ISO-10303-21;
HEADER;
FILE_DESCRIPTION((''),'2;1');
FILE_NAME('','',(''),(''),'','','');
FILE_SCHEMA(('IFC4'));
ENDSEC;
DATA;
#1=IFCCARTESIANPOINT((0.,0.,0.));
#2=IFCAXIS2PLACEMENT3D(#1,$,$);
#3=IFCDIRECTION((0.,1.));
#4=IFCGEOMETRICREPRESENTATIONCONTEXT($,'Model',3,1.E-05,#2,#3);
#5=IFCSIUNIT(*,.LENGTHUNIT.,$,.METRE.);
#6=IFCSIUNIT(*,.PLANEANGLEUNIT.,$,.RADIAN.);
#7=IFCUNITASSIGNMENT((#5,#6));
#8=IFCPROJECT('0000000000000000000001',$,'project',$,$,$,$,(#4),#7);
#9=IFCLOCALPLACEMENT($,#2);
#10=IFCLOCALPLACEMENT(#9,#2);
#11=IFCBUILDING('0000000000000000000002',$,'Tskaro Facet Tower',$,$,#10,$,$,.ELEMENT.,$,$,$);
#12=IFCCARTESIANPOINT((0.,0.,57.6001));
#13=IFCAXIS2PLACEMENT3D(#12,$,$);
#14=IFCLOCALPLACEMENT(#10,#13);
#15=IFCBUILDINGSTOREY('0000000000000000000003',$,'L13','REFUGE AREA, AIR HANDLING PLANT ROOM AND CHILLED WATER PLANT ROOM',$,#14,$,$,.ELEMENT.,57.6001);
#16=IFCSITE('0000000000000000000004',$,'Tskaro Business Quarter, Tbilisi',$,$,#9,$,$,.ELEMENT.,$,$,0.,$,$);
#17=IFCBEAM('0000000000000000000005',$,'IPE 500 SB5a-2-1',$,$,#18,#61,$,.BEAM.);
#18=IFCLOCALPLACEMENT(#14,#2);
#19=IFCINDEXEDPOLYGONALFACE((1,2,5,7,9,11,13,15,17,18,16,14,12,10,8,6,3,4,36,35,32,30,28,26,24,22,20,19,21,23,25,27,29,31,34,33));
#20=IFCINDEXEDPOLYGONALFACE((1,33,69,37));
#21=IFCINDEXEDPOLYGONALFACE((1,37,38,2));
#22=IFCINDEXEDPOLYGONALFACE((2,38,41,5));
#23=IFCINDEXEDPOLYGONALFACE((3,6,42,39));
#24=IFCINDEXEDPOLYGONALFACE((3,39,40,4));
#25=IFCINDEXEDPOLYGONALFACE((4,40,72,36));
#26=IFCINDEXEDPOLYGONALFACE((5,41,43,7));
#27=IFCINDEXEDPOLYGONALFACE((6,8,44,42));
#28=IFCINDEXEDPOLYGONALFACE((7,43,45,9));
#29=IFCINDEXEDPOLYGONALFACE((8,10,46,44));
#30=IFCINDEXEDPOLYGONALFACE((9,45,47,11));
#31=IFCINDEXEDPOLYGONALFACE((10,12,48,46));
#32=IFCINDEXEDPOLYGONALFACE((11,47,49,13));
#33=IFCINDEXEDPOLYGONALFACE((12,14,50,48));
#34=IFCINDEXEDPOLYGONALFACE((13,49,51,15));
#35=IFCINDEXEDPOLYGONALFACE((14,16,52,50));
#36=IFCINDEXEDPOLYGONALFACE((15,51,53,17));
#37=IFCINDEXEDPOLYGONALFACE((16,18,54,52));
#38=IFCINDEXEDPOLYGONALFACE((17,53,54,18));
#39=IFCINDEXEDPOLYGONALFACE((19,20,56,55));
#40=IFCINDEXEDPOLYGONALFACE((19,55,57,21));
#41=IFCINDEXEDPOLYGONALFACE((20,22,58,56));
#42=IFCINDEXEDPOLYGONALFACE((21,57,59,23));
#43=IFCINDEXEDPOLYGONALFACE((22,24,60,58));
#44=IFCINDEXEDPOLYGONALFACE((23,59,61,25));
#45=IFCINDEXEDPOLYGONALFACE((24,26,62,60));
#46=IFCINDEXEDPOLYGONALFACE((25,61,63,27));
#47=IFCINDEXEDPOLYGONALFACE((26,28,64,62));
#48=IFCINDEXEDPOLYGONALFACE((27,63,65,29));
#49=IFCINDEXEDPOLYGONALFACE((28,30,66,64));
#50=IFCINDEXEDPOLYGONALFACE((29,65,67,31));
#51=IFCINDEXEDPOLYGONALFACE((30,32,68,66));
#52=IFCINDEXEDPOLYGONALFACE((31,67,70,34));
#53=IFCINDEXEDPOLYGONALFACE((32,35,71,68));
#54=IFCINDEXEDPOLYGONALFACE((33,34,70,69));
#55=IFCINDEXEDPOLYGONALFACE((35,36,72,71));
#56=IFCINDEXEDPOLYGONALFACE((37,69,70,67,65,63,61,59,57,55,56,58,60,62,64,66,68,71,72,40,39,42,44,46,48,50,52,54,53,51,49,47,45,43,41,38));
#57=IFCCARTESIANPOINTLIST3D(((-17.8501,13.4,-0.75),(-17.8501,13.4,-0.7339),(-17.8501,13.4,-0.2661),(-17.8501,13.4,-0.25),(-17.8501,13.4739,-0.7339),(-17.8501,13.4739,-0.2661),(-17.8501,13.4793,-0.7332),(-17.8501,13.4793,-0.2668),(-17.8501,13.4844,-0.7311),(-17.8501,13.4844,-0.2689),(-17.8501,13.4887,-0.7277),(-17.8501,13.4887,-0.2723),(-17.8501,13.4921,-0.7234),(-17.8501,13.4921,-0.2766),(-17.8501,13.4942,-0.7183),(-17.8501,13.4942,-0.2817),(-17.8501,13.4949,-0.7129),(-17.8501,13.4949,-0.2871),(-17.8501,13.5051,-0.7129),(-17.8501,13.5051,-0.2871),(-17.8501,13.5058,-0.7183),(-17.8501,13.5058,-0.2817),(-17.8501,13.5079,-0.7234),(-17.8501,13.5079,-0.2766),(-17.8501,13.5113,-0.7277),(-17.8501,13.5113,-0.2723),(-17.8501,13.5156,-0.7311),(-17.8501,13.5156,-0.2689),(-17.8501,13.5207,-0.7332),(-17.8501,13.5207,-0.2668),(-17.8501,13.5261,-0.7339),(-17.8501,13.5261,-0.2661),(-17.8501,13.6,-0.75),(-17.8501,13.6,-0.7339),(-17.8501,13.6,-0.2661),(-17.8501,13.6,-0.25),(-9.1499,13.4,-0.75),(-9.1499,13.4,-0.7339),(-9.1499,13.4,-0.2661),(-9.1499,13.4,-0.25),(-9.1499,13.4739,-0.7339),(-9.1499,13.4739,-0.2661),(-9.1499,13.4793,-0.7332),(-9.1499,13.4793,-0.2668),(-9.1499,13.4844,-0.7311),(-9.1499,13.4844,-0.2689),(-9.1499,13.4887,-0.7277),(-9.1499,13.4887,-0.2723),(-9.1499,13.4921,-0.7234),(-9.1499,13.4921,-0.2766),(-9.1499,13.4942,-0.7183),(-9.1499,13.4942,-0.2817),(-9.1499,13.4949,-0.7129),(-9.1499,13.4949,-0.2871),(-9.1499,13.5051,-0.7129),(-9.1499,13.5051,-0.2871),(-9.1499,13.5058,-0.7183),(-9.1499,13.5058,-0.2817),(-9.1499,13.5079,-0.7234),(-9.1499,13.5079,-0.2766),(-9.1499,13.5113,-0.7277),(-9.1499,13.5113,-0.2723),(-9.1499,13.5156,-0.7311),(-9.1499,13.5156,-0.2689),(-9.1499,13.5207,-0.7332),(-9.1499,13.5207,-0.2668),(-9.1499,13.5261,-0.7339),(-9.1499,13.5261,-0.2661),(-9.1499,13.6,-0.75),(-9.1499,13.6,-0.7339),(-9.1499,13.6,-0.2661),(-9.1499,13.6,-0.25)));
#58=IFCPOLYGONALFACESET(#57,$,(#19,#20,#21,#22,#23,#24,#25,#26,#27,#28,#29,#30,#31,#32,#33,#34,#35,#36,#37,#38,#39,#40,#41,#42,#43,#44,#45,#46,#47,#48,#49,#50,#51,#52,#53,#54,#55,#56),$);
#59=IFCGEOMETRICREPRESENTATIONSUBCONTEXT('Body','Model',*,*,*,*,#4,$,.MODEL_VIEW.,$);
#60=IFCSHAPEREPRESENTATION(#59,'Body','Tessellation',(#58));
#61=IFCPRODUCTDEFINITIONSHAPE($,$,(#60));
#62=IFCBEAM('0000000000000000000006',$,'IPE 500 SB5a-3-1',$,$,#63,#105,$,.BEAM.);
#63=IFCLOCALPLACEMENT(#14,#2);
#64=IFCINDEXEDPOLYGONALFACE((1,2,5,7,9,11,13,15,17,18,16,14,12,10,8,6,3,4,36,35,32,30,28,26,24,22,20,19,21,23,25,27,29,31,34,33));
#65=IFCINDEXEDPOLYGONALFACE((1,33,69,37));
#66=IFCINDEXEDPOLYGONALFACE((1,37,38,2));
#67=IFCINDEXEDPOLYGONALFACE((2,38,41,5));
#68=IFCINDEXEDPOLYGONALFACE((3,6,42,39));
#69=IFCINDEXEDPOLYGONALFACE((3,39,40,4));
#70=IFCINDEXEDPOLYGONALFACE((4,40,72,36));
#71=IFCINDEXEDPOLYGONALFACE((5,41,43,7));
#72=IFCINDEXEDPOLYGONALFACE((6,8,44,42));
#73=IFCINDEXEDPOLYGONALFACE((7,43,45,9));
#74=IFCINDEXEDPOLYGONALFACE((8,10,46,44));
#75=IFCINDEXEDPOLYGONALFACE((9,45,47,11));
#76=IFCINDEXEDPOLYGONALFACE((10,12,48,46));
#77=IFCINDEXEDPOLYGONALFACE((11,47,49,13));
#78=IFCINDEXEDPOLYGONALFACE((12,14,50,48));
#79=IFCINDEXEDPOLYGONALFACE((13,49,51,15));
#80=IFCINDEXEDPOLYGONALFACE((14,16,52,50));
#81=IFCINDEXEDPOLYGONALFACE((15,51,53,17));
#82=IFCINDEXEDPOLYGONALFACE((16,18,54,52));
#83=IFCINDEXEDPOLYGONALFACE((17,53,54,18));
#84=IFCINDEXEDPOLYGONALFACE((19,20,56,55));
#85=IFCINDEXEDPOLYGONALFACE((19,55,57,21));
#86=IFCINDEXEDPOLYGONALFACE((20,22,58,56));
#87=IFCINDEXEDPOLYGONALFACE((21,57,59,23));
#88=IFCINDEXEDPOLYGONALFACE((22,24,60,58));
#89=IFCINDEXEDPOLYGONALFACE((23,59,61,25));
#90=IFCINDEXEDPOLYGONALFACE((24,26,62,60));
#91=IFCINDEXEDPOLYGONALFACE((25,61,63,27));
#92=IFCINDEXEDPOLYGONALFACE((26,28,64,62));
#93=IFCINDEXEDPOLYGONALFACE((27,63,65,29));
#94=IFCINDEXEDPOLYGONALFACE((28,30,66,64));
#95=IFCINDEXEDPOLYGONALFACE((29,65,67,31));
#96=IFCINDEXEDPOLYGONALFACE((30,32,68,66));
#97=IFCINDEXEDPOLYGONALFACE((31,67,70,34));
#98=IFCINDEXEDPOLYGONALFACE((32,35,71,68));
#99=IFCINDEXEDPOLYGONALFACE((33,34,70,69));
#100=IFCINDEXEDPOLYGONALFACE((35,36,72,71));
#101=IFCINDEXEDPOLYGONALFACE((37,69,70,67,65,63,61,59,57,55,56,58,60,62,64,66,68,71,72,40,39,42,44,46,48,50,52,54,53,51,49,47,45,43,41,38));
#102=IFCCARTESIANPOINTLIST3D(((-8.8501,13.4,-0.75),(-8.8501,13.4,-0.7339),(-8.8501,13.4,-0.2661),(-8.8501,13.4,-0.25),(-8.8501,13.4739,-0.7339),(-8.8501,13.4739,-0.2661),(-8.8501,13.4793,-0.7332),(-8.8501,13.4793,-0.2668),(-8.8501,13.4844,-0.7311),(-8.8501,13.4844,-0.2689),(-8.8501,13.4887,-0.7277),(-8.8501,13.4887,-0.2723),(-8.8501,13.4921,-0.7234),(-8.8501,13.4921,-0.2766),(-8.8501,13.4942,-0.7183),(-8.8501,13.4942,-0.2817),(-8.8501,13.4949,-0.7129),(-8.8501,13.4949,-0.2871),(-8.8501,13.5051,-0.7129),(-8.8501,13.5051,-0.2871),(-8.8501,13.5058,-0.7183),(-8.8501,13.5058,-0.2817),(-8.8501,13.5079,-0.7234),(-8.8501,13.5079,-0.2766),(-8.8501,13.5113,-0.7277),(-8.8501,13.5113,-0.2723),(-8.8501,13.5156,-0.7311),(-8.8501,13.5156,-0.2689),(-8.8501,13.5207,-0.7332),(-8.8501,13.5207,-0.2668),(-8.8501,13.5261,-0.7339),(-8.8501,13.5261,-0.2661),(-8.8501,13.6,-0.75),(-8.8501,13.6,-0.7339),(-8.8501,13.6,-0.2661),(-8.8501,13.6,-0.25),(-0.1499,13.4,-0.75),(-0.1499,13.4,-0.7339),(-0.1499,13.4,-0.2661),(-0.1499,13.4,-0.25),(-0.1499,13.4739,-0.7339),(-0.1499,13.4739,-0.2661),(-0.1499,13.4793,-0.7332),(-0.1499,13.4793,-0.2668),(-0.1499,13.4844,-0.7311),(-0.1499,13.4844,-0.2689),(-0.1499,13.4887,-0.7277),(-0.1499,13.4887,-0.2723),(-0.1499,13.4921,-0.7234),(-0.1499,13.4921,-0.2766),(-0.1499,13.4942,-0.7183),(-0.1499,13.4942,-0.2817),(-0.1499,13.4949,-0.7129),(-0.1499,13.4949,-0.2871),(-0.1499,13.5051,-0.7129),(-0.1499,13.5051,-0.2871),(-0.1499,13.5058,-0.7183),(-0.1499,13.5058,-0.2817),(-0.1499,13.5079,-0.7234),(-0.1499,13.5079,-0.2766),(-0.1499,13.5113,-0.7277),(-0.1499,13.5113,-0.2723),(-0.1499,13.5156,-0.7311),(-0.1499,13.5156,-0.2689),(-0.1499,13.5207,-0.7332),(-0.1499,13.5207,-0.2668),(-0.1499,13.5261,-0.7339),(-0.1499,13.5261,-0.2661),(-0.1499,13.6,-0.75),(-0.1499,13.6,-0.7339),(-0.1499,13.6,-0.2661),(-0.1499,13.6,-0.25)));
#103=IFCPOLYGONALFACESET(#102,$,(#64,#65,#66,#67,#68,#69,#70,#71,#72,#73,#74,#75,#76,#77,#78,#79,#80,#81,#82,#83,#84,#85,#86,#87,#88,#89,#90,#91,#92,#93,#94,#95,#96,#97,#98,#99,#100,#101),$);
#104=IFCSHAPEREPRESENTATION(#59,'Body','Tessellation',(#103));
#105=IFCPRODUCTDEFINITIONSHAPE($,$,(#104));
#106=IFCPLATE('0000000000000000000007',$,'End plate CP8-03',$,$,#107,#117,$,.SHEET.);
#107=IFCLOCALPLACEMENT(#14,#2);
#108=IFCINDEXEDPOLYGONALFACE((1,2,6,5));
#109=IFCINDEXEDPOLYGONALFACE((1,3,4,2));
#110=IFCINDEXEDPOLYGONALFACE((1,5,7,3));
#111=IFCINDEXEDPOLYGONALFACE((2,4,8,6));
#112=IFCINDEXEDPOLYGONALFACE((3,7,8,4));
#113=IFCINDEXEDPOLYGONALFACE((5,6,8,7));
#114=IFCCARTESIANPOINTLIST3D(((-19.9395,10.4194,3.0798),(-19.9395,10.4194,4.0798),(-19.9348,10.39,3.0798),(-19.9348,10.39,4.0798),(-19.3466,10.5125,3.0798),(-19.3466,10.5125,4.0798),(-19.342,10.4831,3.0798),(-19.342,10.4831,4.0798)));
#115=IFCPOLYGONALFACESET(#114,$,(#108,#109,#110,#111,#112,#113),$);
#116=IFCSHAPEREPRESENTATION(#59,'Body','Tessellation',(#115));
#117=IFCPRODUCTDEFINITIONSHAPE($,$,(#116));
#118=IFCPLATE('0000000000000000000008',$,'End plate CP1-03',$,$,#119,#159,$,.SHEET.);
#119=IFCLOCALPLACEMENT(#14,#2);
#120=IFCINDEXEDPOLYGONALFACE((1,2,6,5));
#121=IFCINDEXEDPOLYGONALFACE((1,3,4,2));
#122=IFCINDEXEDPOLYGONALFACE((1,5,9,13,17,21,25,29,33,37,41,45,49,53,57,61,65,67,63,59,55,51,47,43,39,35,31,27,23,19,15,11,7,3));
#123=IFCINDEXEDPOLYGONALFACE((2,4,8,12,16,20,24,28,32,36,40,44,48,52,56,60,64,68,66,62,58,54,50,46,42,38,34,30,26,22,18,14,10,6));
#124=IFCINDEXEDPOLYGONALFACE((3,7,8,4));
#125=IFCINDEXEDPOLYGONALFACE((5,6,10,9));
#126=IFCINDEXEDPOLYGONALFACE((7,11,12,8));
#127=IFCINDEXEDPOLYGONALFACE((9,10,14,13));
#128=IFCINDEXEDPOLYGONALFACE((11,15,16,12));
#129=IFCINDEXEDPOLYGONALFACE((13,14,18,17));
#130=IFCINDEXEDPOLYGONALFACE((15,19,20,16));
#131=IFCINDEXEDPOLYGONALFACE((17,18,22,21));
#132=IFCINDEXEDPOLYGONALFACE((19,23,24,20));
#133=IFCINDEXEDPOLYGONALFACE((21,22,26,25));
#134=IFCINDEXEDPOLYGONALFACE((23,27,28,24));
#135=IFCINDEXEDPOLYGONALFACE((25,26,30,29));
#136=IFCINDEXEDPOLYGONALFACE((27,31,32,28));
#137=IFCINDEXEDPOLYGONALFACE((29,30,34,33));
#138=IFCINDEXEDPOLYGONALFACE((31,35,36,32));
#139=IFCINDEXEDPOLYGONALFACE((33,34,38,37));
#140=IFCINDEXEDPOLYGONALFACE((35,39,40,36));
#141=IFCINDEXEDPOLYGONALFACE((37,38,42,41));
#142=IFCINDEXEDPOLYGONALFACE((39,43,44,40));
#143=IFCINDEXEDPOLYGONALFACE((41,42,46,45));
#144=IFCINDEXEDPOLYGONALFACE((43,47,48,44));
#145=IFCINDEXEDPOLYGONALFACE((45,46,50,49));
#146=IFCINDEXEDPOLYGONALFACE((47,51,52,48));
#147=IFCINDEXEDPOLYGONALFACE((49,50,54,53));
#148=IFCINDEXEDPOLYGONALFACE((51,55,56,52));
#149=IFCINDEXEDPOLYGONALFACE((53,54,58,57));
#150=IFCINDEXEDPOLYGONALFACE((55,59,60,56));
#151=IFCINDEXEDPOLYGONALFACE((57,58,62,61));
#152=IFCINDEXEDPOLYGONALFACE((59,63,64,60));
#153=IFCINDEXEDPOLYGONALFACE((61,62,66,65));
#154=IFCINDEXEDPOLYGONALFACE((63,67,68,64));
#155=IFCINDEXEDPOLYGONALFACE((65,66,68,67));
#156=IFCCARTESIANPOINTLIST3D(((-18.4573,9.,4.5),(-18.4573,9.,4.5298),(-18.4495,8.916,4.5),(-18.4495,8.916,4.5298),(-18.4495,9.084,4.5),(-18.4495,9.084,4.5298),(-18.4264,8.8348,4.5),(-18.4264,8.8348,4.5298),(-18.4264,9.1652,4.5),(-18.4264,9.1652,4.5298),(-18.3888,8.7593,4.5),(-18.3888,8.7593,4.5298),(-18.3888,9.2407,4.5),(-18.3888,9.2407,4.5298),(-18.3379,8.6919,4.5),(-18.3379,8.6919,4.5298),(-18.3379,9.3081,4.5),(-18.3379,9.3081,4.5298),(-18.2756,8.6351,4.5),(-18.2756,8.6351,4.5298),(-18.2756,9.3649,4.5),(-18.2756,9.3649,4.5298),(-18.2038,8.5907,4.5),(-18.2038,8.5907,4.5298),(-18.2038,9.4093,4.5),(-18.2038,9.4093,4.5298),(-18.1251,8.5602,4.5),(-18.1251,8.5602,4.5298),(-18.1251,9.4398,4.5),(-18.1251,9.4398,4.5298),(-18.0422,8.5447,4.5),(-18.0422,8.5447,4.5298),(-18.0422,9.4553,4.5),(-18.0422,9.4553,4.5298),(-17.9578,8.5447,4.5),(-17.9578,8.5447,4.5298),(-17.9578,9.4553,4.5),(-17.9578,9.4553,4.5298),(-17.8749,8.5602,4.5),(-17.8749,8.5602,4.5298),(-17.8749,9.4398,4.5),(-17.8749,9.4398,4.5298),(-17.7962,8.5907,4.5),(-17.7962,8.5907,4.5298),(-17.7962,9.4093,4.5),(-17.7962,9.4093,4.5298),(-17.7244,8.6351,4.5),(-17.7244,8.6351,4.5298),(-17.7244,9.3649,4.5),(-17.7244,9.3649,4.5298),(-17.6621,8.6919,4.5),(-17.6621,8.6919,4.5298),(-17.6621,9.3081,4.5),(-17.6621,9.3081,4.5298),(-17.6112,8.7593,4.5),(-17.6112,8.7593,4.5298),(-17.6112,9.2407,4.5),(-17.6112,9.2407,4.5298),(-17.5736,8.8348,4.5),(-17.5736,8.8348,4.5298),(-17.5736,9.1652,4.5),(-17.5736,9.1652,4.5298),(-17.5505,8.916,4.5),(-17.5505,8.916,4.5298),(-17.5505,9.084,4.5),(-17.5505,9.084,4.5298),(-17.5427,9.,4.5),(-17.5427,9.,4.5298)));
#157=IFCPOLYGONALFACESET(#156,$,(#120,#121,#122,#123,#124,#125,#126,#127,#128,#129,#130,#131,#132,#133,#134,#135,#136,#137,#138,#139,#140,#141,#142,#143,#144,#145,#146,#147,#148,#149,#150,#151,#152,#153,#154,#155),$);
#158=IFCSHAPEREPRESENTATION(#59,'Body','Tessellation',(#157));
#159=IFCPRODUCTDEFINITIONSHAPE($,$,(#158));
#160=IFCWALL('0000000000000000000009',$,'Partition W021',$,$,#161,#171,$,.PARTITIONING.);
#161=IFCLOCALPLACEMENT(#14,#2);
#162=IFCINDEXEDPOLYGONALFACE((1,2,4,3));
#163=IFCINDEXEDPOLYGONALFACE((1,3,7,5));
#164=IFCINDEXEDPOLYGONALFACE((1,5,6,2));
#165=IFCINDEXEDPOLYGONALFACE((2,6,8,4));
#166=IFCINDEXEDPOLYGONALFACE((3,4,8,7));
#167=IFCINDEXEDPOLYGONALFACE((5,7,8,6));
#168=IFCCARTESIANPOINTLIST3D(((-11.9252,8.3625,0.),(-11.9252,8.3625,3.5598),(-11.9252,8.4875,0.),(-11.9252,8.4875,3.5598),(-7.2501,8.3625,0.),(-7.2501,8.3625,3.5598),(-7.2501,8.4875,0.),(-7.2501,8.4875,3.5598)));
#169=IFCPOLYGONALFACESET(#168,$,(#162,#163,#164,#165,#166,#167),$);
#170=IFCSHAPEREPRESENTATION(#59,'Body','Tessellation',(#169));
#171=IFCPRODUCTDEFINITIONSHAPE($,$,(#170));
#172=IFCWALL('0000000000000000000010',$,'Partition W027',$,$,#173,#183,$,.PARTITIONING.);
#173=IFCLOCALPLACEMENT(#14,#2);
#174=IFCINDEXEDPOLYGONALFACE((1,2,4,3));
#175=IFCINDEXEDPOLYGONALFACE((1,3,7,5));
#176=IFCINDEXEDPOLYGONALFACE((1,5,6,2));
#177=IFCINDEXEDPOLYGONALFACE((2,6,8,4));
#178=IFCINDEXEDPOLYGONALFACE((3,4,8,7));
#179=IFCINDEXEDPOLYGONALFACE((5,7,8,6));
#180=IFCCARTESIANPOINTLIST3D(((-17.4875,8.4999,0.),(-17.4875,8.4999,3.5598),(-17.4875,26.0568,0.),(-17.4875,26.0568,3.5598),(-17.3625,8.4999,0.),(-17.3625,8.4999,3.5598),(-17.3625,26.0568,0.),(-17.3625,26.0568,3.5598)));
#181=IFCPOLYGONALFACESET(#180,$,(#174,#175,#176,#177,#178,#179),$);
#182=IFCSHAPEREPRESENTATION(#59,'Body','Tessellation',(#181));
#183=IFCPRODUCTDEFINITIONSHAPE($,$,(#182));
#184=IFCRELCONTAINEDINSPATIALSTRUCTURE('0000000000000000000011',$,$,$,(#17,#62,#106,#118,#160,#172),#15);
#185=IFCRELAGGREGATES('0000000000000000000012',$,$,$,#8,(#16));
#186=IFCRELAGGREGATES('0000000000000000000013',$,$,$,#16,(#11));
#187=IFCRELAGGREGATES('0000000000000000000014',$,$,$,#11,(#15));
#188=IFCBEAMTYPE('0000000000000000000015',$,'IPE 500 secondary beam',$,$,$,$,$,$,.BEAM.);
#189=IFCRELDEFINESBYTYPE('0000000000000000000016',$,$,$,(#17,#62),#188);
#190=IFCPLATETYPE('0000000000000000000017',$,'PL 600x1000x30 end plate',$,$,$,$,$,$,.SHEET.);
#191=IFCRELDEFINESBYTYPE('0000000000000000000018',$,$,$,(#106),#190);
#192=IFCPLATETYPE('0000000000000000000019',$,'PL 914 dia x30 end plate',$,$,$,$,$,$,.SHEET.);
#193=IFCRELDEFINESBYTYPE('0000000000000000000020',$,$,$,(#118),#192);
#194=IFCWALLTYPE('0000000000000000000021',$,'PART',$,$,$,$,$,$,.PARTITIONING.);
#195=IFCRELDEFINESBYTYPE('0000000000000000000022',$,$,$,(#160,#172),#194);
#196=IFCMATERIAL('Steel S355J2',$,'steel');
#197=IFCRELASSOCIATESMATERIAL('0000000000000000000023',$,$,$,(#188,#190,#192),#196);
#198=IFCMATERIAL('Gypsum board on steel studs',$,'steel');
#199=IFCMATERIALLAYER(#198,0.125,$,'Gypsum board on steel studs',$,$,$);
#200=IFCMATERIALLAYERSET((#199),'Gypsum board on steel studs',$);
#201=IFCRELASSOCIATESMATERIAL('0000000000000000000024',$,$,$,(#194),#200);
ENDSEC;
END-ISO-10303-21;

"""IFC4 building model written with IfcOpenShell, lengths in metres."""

from ifc_helpers import new_model, si_unit, direction, frame, frame_2d, origin, origin_2d, place, context, subcontext, project, spatial, rectangle, circle, i_section, extrude, material, layer, layer_set, material_profile, profile_set, type_object, element, save


model = new_model("IFC4")

# Units and contexts
model_context = context("Model", 3, precision=1e-05, world=origin(), true_north=direction((0.0, 1.0)))
body_context = subcontext(model_context, "Body", "Model", "MODEL_VIEW")
ifc_project = project(units=[si_unit("LENGTHUNIT", "METRE"), si_unit("PLANEANGLEUNIT", "RADIAN")], contexts=[model_context])

# Site, building, storey
site_placement = place(None, origin())
site = spatial("IfcSite", under=ifc_project, at=site_placement, Name="Tskaro Business Quarter, Tbilisi", CompositionType="ELEMENT", RefElevation=0.0)
building_placement = place(site_placement, origin())
building = spatial("IfcBuilding", under=site, at=building_placement, Name="Tskaro Facet Tower", CompositionType="ELEMENT")
storey_placement = place(building_placement, frame((0.0, 0.0, 57.6001)))
storey = spatial("IfcBuildingStorey", under=building, at=storey_placement, Name="L13", Description="REFUGE AREA, AIR HANDLING PLANT ROOM AND CHILLED WATER PLANT ROOM", CompositionType="ELEMENT", Elevation=57.6001)

# Beams
ifc_material_1 = material(Name="Steel S355J2", Category="steel")
ifc_material_profile_1 = material_profile(ifc_material_1, i_section(OverallWidth=0.2, OverallDepth=0.5, WebThickness=0.0103, FlangeThickness=0.0161, FilletRadius=0.021, at=origin_2d()), Name="IPE 500")
ifc_profile_set_1 = profile_set([ifc_material_profile_1], Name="Steel S355J2")
beam_type_1 = type_object("IfcBeamType", Name="IPE 500 secondary beam", PredefinedType="BEAM", material=ifc_profile_set_1)
for number, where, z_axis, x_axis, name in (
    (1, (-17.8501, 13.5, -0.5), (1.0, 0.0, 0.0), (0.0, 1.0, 0.0), "IPE 500 SB5a-2-1"),
    (2, (-8.8501, 13.5, -0.5), (1.0, 0.0, 0.0), (0.0, 1.0, 0.0), "IPE 500 SB5a-3-1"),
):
    element("IfcBeam", number, at=place(storey_placement, frame(where, z_axis=z_axis, x_axis=x_axis)), inside=storey, type_object=beam_type_1, Name=name, PredefinedType="BEAM", context=body_context, shape_type="SweptSolid", body=[
        extrude(i_section(OverallWidth=0.2, OverallDepth=0.5, WebThickness=0.0103, FlangeThickness=0.0161, FilletRadius=0.021, at=origin_2d()), origin(), (0.0, 0.0, 1.0), 8.7002),
    ])

# Plates
ifc_material_profile_2 = material_profile(ifc_material_1, rectangle(XDim=0.6001, YDim=1.0, at=origin_2d()), Name="PL 600x1000x30 end plate")
ifc_profile_set_2 = profile_set([ifc_material_profile_2], Name="Steel S355J2")
plate_type_1 = type_object("IfcPlateType", Name="PL 600x1000x30 end plate", PredefinedType="SHEET", material=ifc_profile_set_2)
plate_1_placement = place(storey_placement, frame((-19.6384, 10.4365, 3.5798), z_axis=(-0.155124, 0.987895, 0.0), x_axis=(-0.987895, -0.155124, 0.0)))
element("IfcPlate", 3, at=plate_1_placement, inside=storey, type_object=plate_type_1, Name="End plate CP8-03", PredefinedType="SHEET", context=body_context, shape_type="SweptSolid", body=[
    extrude(rectangle(XDim=0.6001, YDim=1.0, at=origin_2d()), origin(), (0.0, 0.0, 1.0), 0.0298),
])
ifc_material_profile_3 = material_profile(ifc_material_1, circle(Radius=0.4573, at=origin_2d()), Name="PL 914 dia x30 end plate")
ifc_profile_set_3 = profile_set([ifc_material_profile_3], Name="Steel S355J2")
plate_type_2 = type_object("IfcPlateType", Name="PL 914 dia x30 end plate", PredefinedType="SHEET", material=ifc_profile_set_3)
plate_2_placement = place(storey_placement, frame((-18.0, 9.0, 4.5), z_axis=(0.0, 0.0, 1.0), x_axis=(1.0, 0.0, 0.0)))
element("IfcPlate", 4, at=plate_2_placement, inside=storey, type_object=plate_type_2, Name="End plate CP1-03", PredefinedType="SHEET", context=body_context, shape_type="SweptSolid", body=[
    extrude(circle(Radius=0.4573, at=origin_2d()), origin(), (0.0, 0.0, 1.0), 0.0298),
])

# Walls
ifc_material_2 = material(Name="Gypsum board on steel studs", Category="steel")
ifc_layer_1 = layer(ifc_material_2, 0.125, Name="Gypsum board on steel studs")
ifc_layer_set_1 = layer_set([ifc_layer_1], Name="Gypsum board on steel studs")
wall_type_1 = type_object("IfcWallType", Name="PART", PredefinedType="PARTITIONING", material=ifc_layer_set_1)
wall_1_placement = place(storey_placement, frame((-11.925, 8.425, 0.0), z_axis=(0.0, 0.0, 1.0), x_axis=(1.0, 0.0, 0.0)))
element("IfcWall", 5, at=wall_1_placement, inside=storey, type_object=wall_type_1, Name="Partition W021", PredefinedType="PARTITIONING", context=body_context, shape_type="SweptSolid", body=[
    extrude(rectangle(XDim=4.675, YDim=0.125, at=frame_2d((2.3374, 0.0))), origin(), (0.0, 0.0, 1.0), 3.5598),
])
wall_2_placement = place(storey_placement, frame((-17.425, 8.5, 0.0), z_axis=(0.0, 0.0, 1.0), x_axis=(0.0, 1.0, 0.0)))
element("IfcWall", 6, at=wall_2_placement, inside=storey, type_object=wall_type_1, Name="Partition W027", PredefinedType="PARTITIONING", context=body_context, shape_type="SweptSolid", body=[
    extrude(rectangle(XDim=17.5569, YDim=0.125, at=frame_2d((8.7783, 0.0))), origin(), (0.0, 0.0, 1.0), 3.5598),
])

save(model, "model.ifc")
